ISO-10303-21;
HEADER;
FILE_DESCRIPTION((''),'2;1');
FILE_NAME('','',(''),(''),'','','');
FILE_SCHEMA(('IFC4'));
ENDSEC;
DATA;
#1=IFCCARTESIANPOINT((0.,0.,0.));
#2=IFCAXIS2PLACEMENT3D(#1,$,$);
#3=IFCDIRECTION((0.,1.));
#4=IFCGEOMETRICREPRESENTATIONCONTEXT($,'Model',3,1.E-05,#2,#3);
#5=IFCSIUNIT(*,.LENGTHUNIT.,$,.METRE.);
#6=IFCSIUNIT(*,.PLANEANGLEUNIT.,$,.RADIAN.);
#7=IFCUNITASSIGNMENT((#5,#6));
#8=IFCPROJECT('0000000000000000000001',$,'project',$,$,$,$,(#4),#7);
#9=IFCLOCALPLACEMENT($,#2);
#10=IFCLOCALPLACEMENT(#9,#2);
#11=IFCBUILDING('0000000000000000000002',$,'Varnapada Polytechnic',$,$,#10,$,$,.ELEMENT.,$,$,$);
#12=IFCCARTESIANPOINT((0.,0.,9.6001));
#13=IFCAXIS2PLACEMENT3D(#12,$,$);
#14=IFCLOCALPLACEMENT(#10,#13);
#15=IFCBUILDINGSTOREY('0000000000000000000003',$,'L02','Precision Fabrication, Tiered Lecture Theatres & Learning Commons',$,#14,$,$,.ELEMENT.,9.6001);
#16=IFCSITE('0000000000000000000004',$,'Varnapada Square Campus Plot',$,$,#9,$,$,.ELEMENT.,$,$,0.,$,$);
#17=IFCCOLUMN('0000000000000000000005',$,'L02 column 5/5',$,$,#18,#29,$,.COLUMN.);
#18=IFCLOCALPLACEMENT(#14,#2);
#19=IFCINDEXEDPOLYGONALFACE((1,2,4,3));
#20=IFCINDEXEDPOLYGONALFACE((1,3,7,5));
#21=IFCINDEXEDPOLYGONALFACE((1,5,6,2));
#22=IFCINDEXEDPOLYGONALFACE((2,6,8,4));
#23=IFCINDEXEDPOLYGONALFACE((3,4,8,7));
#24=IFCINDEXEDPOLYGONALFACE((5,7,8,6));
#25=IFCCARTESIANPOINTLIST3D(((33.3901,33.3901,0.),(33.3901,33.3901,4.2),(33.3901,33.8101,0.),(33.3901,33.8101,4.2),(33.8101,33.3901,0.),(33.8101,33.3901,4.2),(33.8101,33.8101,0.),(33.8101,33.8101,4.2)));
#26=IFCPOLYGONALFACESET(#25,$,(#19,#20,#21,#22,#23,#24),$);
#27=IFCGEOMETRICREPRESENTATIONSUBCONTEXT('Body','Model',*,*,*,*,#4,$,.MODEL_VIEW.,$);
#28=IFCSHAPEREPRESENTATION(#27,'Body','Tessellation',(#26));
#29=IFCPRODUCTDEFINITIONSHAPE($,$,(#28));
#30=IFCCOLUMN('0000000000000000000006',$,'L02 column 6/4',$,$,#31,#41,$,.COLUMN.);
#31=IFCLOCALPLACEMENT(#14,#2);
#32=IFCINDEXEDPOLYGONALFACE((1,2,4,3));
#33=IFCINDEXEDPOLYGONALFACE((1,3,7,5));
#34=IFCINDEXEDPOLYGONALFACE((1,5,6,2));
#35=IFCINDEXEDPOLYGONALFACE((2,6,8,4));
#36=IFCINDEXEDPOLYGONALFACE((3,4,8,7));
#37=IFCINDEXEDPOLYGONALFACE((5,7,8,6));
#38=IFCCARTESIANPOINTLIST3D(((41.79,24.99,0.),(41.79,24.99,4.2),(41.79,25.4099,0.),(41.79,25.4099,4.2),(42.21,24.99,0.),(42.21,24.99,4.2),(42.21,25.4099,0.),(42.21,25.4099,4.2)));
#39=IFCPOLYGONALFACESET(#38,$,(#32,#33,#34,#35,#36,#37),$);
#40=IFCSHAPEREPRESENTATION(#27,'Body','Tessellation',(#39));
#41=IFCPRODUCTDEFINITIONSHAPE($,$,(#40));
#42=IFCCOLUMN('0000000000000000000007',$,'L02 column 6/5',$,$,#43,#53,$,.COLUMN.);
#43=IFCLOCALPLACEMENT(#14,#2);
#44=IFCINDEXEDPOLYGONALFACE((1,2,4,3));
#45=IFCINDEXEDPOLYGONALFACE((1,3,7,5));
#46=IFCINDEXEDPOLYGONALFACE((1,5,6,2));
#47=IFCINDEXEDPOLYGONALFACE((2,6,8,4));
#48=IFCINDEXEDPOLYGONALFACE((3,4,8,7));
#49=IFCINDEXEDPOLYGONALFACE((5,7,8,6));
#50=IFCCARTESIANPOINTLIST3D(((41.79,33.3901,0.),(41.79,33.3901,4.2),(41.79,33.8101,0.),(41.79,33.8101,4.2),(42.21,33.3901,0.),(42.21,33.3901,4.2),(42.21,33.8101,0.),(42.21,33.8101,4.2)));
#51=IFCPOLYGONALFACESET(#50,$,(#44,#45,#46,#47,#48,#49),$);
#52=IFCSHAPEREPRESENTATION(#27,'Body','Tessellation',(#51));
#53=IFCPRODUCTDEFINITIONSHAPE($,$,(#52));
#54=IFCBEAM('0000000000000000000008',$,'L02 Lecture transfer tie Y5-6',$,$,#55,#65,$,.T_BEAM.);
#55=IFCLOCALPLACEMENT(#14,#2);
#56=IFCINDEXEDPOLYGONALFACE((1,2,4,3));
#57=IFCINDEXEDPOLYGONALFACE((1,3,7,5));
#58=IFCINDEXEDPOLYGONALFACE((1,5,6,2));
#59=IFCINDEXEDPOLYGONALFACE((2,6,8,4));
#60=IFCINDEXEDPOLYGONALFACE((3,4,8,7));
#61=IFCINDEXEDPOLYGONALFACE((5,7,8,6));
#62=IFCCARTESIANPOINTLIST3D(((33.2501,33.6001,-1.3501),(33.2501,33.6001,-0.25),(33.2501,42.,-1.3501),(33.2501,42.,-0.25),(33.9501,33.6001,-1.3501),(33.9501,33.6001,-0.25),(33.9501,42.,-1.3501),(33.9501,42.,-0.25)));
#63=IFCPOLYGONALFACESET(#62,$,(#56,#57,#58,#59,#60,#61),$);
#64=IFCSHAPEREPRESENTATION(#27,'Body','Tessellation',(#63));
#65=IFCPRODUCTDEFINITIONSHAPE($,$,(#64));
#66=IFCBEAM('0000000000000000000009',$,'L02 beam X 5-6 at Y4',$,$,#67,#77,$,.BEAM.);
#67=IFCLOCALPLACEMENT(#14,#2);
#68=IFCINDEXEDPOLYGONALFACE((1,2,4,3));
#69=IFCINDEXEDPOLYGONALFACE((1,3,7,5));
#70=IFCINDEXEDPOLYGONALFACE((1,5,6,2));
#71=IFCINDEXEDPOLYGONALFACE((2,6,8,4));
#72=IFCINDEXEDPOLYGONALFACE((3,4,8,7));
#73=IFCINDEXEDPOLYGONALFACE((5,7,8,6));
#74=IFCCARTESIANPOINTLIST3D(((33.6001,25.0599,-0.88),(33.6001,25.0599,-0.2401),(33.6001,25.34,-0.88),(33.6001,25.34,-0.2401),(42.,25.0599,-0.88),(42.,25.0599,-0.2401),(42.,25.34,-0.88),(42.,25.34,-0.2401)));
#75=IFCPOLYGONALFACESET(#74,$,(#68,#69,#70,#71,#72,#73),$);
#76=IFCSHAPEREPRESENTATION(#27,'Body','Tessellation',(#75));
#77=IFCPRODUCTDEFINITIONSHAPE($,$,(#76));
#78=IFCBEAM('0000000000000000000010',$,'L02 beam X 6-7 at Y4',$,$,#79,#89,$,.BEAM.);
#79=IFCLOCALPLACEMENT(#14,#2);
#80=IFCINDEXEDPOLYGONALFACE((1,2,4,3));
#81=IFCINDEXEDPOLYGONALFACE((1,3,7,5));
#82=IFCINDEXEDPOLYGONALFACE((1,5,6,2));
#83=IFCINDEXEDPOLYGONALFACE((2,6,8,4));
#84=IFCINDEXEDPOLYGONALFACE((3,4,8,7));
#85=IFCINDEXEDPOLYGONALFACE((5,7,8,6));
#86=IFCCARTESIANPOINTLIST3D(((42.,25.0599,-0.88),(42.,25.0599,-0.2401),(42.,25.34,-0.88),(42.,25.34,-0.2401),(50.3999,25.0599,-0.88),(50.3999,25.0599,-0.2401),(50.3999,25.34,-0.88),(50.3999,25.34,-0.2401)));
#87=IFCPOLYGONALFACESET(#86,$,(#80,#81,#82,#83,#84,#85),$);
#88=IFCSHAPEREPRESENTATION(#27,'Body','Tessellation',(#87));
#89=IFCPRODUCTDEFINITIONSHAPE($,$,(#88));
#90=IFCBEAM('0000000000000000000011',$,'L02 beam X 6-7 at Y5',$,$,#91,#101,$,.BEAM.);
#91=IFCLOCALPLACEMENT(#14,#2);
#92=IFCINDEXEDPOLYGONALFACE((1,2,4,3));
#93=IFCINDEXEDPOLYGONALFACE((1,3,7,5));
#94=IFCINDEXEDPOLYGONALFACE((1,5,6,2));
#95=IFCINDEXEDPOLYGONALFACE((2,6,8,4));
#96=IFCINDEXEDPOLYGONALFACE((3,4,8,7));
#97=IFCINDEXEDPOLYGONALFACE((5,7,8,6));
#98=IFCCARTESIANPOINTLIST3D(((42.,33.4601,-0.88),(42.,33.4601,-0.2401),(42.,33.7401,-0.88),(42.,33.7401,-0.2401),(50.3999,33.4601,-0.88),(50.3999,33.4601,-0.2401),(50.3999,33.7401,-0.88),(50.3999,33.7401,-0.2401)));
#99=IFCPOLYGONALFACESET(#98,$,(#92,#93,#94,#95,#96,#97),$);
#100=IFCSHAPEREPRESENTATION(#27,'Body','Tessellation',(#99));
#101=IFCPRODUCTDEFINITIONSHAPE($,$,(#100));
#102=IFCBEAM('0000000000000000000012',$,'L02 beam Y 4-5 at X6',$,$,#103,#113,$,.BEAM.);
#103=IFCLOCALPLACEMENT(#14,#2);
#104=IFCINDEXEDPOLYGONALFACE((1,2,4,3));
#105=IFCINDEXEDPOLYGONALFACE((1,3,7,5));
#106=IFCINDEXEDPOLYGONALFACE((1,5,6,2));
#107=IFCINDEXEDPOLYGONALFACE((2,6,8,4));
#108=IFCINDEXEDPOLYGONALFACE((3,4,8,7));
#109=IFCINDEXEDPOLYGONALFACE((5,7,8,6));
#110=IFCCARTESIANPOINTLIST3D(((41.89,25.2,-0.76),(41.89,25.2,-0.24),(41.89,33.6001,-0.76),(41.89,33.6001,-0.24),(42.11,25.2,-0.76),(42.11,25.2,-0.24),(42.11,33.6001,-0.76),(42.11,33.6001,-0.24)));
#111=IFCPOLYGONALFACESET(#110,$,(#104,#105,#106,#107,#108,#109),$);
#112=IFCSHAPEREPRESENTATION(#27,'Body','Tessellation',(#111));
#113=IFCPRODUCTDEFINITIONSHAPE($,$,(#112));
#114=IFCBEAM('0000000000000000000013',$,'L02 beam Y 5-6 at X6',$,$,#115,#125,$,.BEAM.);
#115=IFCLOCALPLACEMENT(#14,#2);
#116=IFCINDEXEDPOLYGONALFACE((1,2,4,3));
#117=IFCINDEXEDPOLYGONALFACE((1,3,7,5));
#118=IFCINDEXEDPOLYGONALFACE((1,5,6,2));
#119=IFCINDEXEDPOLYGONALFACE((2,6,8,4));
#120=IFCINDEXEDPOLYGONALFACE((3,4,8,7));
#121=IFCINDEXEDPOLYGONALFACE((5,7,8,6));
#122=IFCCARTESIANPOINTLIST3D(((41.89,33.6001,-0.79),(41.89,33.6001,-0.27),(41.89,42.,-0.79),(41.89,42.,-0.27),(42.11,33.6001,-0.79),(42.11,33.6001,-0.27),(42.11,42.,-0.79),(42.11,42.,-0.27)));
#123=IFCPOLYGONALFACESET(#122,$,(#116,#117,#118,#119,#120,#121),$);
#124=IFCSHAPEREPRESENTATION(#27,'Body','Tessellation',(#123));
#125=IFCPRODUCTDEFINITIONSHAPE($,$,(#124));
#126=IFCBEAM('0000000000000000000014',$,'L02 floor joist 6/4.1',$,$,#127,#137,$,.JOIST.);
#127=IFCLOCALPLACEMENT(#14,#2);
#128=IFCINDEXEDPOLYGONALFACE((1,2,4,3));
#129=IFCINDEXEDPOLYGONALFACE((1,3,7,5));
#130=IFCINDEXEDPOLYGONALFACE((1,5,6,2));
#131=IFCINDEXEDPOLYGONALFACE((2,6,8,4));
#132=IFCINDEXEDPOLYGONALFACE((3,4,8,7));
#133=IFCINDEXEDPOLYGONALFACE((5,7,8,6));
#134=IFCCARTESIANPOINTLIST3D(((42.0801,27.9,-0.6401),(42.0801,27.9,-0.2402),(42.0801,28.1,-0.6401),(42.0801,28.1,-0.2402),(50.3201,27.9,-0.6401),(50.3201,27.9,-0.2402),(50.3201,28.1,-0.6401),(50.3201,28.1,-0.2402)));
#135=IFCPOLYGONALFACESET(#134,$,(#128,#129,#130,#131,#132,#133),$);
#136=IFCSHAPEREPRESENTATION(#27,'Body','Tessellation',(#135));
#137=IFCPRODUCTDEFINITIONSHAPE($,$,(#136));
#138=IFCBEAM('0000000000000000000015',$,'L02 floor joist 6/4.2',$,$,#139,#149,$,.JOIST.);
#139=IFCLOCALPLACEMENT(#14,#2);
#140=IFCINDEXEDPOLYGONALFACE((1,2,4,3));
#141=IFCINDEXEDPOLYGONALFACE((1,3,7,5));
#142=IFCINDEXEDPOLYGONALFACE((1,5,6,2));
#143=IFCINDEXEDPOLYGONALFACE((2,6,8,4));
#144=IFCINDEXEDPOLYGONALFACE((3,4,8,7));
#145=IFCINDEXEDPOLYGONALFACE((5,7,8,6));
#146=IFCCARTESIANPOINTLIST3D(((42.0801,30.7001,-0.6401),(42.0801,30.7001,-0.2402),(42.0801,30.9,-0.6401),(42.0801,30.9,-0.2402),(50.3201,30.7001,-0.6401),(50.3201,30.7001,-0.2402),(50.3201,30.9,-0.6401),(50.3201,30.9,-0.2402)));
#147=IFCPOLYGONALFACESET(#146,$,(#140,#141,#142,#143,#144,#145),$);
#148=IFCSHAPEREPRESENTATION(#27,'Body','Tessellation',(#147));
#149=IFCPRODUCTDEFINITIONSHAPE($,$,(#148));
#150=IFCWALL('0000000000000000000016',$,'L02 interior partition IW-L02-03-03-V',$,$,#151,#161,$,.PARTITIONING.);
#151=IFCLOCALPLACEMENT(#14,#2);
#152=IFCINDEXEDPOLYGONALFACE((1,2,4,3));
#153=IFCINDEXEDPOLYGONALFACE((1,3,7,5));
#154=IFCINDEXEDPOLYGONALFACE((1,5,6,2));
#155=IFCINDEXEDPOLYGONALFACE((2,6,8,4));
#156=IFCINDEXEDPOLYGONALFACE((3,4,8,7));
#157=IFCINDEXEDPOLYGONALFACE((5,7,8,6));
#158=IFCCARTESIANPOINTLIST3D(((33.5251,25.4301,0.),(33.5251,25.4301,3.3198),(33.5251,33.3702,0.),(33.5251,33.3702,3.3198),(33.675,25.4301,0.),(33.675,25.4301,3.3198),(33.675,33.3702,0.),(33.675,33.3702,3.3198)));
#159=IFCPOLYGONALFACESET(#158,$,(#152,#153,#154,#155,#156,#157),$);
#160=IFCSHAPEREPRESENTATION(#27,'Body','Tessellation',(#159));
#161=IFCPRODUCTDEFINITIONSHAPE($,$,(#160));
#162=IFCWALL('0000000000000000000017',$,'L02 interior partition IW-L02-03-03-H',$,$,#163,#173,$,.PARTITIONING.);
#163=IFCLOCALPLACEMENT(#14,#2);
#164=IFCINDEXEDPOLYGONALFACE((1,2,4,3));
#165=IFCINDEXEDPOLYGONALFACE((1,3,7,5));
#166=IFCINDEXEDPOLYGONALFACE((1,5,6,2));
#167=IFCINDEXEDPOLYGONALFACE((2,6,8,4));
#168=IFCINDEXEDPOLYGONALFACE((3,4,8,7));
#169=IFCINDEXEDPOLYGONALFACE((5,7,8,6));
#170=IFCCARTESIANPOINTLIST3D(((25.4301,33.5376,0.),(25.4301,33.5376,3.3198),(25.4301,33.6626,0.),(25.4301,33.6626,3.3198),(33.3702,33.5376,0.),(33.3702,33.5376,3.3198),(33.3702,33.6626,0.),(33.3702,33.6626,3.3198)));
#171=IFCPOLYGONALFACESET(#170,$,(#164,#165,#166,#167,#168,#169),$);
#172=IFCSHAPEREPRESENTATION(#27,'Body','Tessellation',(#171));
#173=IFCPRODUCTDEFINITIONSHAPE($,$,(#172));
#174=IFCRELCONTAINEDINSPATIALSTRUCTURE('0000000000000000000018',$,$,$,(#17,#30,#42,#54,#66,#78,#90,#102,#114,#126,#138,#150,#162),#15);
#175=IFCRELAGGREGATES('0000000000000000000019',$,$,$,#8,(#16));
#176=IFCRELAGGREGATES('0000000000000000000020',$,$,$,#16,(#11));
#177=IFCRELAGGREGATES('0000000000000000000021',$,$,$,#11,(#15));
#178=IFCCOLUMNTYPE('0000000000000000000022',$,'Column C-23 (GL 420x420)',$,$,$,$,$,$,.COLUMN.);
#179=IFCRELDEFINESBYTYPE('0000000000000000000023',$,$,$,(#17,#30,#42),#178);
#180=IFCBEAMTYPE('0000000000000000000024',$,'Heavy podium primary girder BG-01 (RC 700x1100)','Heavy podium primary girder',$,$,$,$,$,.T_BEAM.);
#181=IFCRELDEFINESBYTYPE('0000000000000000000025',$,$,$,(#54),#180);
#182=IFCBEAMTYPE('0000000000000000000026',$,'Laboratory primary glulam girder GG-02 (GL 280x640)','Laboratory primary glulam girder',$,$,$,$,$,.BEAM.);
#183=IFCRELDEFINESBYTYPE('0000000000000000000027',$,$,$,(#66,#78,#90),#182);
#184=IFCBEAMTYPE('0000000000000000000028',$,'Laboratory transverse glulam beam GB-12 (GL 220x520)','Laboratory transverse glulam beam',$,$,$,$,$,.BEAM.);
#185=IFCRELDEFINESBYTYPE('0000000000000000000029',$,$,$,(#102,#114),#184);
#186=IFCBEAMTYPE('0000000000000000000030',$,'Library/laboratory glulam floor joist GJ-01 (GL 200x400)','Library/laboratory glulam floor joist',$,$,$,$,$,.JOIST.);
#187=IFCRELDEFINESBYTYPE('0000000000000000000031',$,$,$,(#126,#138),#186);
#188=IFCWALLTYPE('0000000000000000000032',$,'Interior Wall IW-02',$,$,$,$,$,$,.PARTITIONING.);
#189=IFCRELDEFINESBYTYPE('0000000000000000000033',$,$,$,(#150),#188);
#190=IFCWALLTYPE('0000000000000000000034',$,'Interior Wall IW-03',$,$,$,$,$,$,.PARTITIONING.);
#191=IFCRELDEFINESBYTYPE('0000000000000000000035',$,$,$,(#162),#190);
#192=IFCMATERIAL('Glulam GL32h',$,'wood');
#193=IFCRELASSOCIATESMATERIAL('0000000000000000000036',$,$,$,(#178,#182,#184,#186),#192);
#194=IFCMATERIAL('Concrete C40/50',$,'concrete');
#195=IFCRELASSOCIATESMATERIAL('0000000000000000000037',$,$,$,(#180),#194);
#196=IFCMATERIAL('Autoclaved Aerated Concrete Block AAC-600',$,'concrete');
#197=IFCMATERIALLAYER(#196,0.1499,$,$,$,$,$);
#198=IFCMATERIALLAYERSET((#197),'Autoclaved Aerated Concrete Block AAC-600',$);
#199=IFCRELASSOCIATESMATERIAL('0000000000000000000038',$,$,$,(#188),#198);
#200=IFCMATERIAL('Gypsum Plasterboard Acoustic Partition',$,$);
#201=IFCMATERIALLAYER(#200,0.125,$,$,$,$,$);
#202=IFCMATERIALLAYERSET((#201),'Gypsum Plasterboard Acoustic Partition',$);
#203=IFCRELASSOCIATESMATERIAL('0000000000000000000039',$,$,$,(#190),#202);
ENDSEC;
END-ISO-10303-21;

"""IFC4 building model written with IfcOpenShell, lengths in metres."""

from ifc_helpers import new_model, si_unit, direction, frame, frame_2d, origin, origin_2d, place, context, subcontext, project, spatial, rectangle, extrude, material, layer, layer_set, material_profile, profile_set, type_object, element, save


model = new_model("IFC4")

# Units and contexts
model_context = context("Model", 3, precision=1e-05, world=origin(), true_north=direction((0.0, 1.0)))
body_context = subcontext(model_context, "Body", "Model", "MODEL_VIEW")
ifc_project = project(units=[si_unit("LENGTHUNIT", "METRE"), si_unit("PLANEANGLEUNIT", "RADIAN")], contexts=[model_context])

# Site, building, storey
site_placement = place(None, origin())
site = spatial("IfcSite", under=ifc_project, at=site_placement, Name="Varnapada Square Campus Plot", CompositionType="ELEMENT", RefElevation=0.0)
building_placement = place(site_placement, origin())
building = spatial("IfcBuilding", under=site, at=building_placement, Name="Varnapada Polytechnic", CompositionType="ELEMENT")
storey_placement = place(building_placement, frame((0.0, 0.0, 9.6001)))
storey = spatial("IfcBuildingStorey", under=building, at=storey_placement, Name="L02", Description="Precision Fabrication, Tiered Lecture Theatres & Learning Commons", CompositionType="ELEMENT", Elevation=9.6001)

# Columns
ifc_material_1 = material(Name="Glulam GL32h", Category="wood")
ifc_material_profile_1 = material_profile(ifc_material_1, rectangle(XDim=0.4199, YDim=0.4199, at=origin_2d()), Name="GL 420x420")
ifc_profile_set_1 = profile_set([ifc_material_profile_1], Name="Glulam GL32h")
column_type = type_object("IfcColumnType", Name="Column C-23 (GL 420x420)", PredefinedType="COLUMN", material=ifc_profile_set_1)
for number, where, z_axis, x_axis, name in (
    (1, (33.6001, 33.6001, 0.0), (0.0, 0.0, 1.0), (1.0, 0.0, 0.0), "L02 column 5/5"),
    (2, (42.0, 25.2, 0.0), (0.0, 0.0, 1.0), (1.0, 0.0, 0.0), "L02 column 6/4"),
    (3, (42.0, 33.6001, 0.0), (0.0, 0.0, 1.0), (1.0, 0.0, 0.0), "L02 column 6/5"),
):
    element("IfcColumn", number, at=place(storey_placement, frame(where, z_axis=z_axis, x_axis=x_axis)), inside=storey, type_object=column_type, Name=name, PredefinedType="COLUMN", context=body_context, shape_type="SweptSolid", body=[
        extrude(rectangle(XDim=0.4199, YDim=0.4199, at=origin_2d()), origin(), (0.0, 0.0, 1.0), 4.2),
    ])

# Beams
ifc_material_2 = material(Name="Concrete C40/50", Category="concrete")
ifc_material_profile_2 = material_profile(ifc_material_2, rectangle(XDim=0.7, YDim=1.1001, at=origin_2d()), Name="RC 700x1100")
ifc_profile_set_2 = profile_set([ifc_material_profile_2], Name="Concrete C40/50")
beam_type_1 = type_object("IfcBeamType", Name="Heavy podium primary girder BG-01 (RC 700x1100)", Description="Heavy podium primary girder", PredefinedType="T_BEAM", material=ifc_profile_set_2)
beam_1_placement = place(storey_placement, frame((33.6001, 33.6001, -0.8), z_axis=(0.0, 1.0, 0.0), x_axis=(-1.0, 0.0, 0.0)))
element("IfcBeam", 4, at=beam_1_placement, inside=storey, type_object=beam_type_1, Name="L02 Lecture transfer tie Y5-6", PredefinedType="T_BEAM", context=body_context, shape_type="SweptSolid", body=[
    extrude(rectangle(XDim=0.7, YDim=1.1001, at=origin_2d()), origin(), (0.0, 0.0, 1.0), 8.3999),
])
ifc_material_profile_3 = material_profile(ifc_material_1, rectangle(XDim=0.28, YDim=0.6399, at=origin_2d()), Name="GL 280x640")
ifc_profile_set_3 = profile_set([ifc_material_profile_3], Name="Glulam GL32h")
beam_type_2 = type_object("IfcBeamType", Name="Laboratory primary glulam girder GG-02 (GL 280x640)", Description="Laboratory primary glulam girder", PredefinedType="BEAM", material=ifc_profile_set_3)
for number, where, z_axis, x_axis, name in (
    (5, (33.6001, 25.2, -0.5601), (1.0, 0.0, 0.0), (0.0, 1.0, 0.0), "L02 beam X 5-6 at Y4"),
    (6, (42.0, 25.2, -0.5601), (1.0, 0.0, 0.0), (0.0, 1.0, 0.0), "L02 beam X 6-7 at Y4"),
    (7, (42.0, 33.6001, -0.5601), (1.0, 0.0, 0.0), (0.0, 1.0, 0.0), "L02 beam X 6-7 at Y5"),
):
    element("IfcBeam", number, at=place(storey_placement, frame(where, z_axis=z_axis, x_axis=x_axis)), inside=storey, type_object=beam_type_2, Name=name, PredefinedType="BEAM", context=body_context, shape_type="SweptSolid", body=[
        extrude(rectangle(XDim=0.28, YDim=0.6399, at=origin_2d()), origin(), (0.0, 0.0, 1.0), 8.3999),
    ])
ifc_material_profile_4 = material_profile(ifc_material_1, rectangle(XDim=0.22, YDim=0.52, at=origin_2d()), Name="GL 220x520")
ifc_profile_set_4 = profile_set([ifc_material_profile_4], Name="Glulam GL32h")
beam_type_3 = type_object("IfcBeamType", Name="Laboratory transverse glulam beam GB-12 (GL 220x520)", Description="Laboratory transverse glulam beam", PredefinedType="BEAM", material=ifc_profile_set_4)
beam_2_placement = place(storey_placement, frame((42.0, 25.2, -0.5), z_axis=(0.0, 1.0, 0.0), x_axis=(-1.0, 0.0, 0.0)))
element("IfcBeam", 8, at=beam_2_placement, inside=storey, type_object=beam_type_3, Name="L02 beam Y 4-5 at X6", PredefinedType="BEAM", context=body_context, shape_type="SweptSolid", body=[
    extrude(rectangle(XDim=0.22, YDim=0.52, at=origin_2d()), origin(), (0.0, 0.0, 1.0), 8.4001),
])
beam_3_placement = place(storey_placement, frame((42.0, 33.6001, -0.53), z_axis=(0.0, 1.0, 0.0), x_axis=(-1.0, 0.0, 0.0)))
element("IfcBeam", 9, at=beam_3_placement, inside=storey, type_object=beam_type_3, Name="L02 beam Y 5-6 at X6", PredefinedType="BEAM", context=body_context, shape_type="SweptSolid", body=[
    extrude(rectangle(XDim=0.22, YDim=0.52, at=origin_2d()), origin(), (0.0, 0.0, 1.0), 8.3999),
])
ifc_material_profile_5 = material_profile(ifc_material_1, rectangle(XDim=0.2, YDim=0.3999, at=origin_2d()), Name="GL 200x400")
ifc_profile_set_5 = profile_set([ifc_material_profile_5], Name="Glulam GL32h")
beam_type_4 = type_object("IfcBeamType", Name="Library/laboratory glulam floor joist GJ-01 (GL 200x400)", Description="Library/laboratory glulam floor joist", PredefinedType="JOIST", material=ifc_profile_set_5)
for number, where, z_axis, x_axis, name in (
    (10, (42.0801, 28.0, -0.4402), (1.0, 0.0, 0.0), (0.0, 1.0, 0.0), "L02 floor joist 6/4.1"),
    (11, (42.0801, 30.8, -0.4402), (1.0, 0.0, 0.0), (0.0, 1.0, 0.0), "L02 floor joist 6/4.2"),
):
    element("IfcBeam", number, at=place(storey_placement, frame(where, z_axis=z_axis, x_axis=x_axis)), inside=storey, type_object=beam_type_4, Name=name, PredefinedType="JOIST", context=body_context, shape_type="SweptSolid", body=[
        extrude(rectangle(XDim=0.2, YDim=0.3999, at=origin_2d()), origin(), (0.0, 0.0, 1.0), 8.24),
    ])

# Walls
ifc_material_3 = material(Name="Autoclaved Aerated Concrete Block AAC-600", Category="concrete")
ifc_layer_1 = layer(ifc_material_3, 0.1499)
ifc_layer_set_1 = layer_set([ifc_layer_1], Name="Autoclaved Aerated Concrete Block AAC-600")
wall_type_1 = type_object("IfcWallType", Name="Interior Wall IW-02", PredefinedType="PARTITIONING", material=ifc_layer_set_1)
wall_1_placement = place(storey_placement, frame((33.6001, 25.4299, 0.0), z_axis=(0.0, 0.0, 1.0), x_axis=(0.0, 1.0, 0.0)))
element("IfcWall", 12, at=wall_1_placement, inside=storey, type_object=wall_type_1, Name="L02 interior partition IW-L02-03-03-V", PredefinedType="PARTITIONING", context=body_context, shape_type="SweptSolid", body=[
    extrude(rectangle(XDim=7.9402, YDim=0.1499, at=frame_2d((3.9702, 0.0))), origin(), (0.0, 0.0, 1.0), 3.3198),
])
ifc_material_4 = material(Name="Gypsum Plasterboard Acoustic Partition")
ifc_layer_2 = layer(ifc_material_4, 0.125)
ifc_layer_set_2 = layer_set([ifc_layer_2], Name="Gypsum Plasterboard Acoustic Partition")
wall_type_2 = type_object("IfcWallType", Name="Interior Wall IW-03", PredefinedType="PARTITIONING", material=ifc_layer_set_2)
wall_2_placement = place(storey_placement, frame((25.4299, 33.6001, 0.0), z_axis=(0.0, 0.0, 1.0), x_axis=(1.0, 0.0, 0.0)))
element("IfcWall", 13, at=wall_2_placement, inside=storey, type_object=wall_type_2, Name="L02 interior partition IW-L02-03-03-H", PredefinedType="PARTITIONING", context=body_context, shape_type="SweptSolid", body=[
    extrude(rectangle(XDim=7.9402, YDim=0.125, at=frame_2d((3.9702, 0.0))), origin(), (0.0, 0.0, 1.0), 3.3198),
])

save(model, "model.ifc")
